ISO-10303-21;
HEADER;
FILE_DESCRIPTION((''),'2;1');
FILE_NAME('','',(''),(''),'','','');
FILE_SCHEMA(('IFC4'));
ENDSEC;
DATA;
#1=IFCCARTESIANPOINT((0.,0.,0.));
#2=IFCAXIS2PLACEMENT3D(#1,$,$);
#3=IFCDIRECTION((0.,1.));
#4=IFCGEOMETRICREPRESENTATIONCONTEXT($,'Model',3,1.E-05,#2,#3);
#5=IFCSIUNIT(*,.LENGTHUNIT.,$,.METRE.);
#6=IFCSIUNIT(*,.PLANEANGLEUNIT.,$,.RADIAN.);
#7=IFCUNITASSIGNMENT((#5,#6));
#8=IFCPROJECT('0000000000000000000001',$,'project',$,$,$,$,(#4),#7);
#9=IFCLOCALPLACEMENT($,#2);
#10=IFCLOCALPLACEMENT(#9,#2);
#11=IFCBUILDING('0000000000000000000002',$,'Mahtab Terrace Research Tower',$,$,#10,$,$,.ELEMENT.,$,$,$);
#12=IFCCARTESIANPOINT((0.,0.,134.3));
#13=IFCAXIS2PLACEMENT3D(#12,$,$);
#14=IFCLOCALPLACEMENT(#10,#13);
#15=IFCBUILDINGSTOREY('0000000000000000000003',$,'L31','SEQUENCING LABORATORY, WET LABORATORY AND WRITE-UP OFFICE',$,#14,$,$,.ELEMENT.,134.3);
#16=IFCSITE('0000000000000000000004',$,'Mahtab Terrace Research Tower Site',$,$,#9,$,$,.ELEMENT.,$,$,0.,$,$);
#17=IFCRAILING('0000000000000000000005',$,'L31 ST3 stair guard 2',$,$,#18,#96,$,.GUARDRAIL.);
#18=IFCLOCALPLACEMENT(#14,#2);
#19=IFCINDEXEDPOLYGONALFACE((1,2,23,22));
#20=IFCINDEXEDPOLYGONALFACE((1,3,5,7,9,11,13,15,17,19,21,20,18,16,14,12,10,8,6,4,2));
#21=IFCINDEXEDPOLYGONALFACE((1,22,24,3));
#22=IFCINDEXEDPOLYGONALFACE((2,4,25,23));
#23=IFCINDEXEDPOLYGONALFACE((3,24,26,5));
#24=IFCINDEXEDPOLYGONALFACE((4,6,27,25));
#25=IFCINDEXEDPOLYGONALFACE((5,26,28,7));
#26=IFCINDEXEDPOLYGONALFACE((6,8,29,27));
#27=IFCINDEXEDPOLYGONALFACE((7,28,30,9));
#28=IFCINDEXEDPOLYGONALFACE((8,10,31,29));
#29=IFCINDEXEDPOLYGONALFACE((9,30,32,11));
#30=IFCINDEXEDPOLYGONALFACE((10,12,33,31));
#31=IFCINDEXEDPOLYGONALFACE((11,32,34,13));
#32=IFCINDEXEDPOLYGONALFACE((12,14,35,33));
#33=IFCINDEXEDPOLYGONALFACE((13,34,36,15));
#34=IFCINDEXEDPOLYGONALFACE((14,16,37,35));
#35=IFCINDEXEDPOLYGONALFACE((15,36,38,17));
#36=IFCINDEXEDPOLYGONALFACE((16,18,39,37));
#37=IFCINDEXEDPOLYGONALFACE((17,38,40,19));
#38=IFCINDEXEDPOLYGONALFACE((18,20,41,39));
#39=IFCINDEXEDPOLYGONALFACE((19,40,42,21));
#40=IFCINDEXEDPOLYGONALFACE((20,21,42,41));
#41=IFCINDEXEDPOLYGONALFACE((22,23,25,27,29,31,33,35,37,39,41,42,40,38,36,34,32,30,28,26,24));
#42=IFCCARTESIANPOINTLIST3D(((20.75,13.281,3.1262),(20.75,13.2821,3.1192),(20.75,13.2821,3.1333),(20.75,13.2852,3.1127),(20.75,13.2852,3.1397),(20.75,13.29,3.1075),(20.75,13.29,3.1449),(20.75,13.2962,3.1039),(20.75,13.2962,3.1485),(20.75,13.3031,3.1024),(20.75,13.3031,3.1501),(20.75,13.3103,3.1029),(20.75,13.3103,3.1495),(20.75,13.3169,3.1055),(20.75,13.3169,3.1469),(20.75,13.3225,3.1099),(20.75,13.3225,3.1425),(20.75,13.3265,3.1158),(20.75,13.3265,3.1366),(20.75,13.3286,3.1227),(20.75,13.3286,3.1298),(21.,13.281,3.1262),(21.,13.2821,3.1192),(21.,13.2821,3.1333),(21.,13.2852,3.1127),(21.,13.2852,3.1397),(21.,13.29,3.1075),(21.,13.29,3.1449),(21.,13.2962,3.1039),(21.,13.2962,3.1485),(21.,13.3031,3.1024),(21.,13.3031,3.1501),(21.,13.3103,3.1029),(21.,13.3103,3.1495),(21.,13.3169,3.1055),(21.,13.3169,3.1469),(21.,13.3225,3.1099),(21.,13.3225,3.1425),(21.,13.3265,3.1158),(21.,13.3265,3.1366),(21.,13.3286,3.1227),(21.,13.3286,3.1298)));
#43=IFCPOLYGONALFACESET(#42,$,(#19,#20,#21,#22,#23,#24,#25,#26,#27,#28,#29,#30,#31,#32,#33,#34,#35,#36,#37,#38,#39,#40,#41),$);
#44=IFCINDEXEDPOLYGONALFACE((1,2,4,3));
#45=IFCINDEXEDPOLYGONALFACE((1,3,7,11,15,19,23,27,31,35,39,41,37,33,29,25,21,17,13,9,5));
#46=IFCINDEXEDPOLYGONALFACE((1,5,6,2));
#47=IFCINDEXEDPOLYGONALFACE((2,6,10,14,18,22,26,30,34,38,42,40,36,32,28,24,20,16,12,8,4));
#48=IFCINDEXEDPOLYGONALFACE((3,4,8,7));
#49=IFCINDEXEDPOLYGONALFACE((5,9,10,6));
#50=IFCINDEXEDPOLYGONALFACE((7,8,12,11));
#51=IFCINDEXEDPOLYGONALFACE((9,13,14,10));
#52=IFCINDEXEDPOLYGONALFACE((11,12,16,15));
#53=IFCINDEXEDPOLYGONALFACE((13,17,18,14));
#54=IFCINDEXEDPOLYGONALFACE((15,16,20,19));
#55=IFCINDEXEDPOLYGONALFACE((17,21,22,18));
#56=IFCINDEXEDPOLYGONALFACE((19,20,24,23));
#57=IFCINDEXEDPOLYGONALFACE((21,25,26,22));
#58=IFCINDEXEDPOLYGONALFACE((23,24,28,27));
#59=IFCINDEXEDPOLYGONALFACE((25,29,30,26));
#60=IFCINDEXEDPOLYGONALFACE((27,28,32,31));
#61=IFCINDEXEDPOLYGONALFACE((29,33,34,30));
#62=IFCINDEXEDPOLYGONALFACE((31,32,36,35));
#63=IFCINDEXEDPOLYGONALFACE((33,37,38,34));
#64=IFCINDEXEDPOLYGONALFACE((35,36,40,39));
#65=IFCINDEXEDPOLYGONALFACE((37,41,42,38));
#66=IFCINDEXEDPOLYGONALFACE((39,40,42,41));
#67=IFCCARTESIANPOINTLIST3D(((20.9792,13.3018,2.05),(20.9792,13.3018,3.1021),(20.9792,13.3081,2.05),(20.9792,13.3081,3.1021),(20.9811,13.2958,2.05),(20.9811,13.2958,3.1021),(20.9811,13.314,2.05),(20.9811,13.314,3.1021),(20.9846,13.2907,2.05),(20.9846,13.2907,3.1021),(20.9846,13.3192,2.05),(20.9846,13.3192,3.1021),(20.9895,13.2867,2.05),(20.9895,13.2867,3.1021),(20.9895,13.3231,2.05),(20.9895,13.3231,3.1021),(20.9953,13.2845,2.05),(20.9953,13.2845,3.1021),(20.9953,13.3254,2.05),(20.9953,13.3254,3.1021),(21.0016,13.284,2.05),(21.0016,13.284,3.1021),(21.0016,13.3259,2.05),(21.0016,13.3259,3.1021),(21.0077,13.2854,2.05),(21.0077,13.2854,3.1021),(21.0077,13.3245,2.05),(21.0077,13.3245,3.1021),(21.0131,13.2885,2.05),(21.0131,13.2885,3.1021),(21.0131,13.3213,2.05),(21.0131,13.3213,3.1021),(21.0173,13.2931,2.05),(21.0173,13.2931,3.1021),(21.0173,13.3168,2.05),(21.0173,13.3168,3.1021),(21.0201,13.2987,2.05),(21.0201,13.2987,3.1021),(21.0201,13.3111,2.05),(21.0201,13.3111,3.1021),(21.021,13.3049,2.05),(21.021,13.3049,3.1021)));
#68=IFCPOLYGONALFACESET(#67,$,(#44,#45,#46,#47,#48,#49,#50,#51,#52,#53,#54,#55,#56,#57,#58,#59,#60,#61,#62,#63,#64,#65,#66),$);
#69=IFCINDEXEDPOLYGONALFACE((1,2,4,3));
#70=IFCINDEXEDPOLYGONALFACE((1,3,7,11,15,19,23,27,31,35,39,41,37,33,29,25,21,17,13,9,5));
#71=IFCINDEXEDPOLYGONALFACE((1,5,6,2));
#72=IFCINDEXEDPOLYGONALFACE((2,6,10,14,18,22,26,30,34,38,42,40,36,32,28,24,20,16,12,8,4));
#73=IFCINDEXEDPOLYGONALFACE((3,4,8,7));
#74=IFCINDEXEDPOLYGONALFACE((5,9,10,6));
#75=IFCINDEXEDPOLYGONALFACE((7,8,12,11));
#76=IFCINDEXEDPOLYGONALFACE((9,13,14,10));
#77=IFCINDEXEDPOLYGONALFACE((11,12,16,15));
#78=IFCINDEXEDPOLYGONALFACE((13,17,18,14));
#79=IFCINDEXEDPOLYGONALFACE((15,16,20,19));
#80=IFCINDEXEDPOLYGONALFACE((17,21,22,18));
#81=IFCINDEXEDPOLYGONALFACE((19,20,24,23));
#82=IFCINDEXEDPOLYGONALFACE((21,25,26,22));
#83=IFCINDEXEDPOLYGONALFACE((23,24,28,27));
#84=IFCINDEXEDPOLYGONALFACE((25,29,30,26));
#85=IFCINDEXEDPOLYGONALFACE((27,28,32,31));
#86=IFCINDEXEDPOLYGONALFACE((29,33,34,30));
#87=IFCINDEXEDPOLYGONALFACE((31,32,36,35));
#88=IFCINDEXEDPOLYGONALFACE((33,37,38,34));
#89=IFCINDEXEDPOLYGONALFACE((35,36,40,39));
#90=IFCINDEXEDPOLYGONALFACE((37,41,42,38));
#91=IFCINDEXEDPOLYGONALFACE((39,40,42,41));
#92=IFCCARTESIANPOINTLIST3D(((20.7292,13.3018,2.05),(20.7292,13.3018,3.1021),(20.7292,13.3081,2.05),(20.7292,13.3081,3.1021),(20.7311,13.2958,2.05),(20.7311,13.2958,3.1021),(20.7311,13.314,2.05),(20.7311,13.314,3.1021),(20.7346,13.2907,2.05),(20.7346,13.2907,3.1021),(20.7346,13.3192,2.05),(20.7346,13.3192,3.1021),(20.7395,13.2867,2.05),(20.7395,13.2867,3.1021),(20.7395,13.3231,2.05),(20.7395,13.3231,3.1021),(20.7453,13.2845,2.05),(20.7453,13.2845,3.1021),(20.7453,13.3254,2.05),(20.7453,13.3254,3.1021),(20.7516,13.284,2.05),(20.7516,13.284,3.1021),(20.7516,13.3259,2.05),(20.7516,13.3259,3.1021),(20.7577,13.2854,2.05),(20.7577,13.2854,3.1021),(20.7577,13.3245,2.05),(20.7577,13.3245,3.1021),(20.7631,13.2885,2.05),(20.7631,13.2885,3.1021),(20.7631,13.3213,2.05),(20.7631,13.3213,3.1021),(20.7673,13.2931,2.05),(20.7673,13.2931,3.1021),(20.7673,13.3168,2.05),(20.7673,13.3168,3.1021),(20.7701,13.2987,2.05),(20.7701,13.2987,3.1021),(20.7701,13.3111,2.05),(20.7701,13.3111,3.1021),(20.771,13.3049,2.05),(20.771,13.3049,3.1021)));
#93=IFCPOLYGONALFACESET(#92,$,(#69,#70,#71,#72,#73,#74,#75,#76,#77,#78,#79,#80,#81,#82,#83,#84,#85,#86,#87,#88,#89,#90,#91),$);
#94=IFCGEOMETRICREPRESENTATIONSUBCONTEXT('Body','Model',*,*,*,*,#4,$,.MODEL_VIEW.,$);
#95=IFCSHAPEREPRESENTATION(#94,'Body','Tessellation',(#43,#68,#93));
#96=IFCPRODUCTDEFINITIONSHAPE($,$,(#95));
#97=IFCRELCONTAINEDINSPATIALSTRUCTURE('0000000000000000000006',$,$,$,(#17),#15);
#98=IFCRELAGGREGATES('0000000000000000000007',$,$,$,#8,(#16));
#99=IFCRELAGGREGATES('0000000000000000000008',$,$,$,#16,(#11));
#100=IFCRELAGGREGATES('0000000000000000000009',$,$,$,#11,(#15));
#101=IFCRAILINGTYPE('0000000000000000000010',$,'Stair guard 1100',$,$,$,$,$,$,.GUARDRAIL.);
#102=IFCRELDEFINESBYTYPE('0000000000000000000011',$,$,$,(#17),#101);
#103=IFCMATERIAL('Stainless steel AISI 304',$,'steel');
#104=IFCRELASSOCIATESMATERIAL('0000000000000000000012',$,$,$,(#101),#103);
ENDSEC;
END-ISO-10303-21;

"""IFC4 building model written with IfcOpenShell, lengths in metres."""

from ifc_helpers import new_model, si_unit, direction, frame, origin, origin_2d, place, context, subcontext, project, spatial, circle, extrude, material, type_object, element, save


model = new_model("IFC4")

# Units and contexts
model_context = context("Model", 3, precision=1e-05, world=origin(), true_north=direction((0.0, 1.0)))
body_context = subcontext(model_context, "Body", "Model", "MODEL_VIEW")
ifc_project = project(units=[si_unit("LENGTHUNIT", "METRE"), si_unit("PLANEANGLEUNIT", "RADIAN")], contexts=[model_context])

# Site, building, storey
site_placement = place(None, origin())
site = spatial("IfcSite", under=ifc_project, at=site_placement, Name="Mahtab Terrace Research Tower Site", CompositionType="ELEMENT", RefElevation=0.0)
building_placement = place(site_placement, origin())
building = spatial("IfcBuilding", under=site, at=building_placement, Name="Mahtab Terrace Research Tower", CompositionType="ELEMENT")
storey_placement = place(building_placement, frame((0.0, 0.0, 134.3)))
storey = spatial("IfcBuildingStorey", under=building, at=storey_placement, Name="L31", Description="SEQUENCING LABORATORY, WET LABORATORY AND WRITE-UP OFFICE", CompositionType="ELEMENT", Elevation=134.3)

# Railing
ifc_material_1 = material(Name="Stainless steel AISI 304", Category="steel")
railing_type_1 = type_object("IfcRailingType", Name="Stair guard 1100", PredefinedType="GUARDRAIL", material=ifc_material_1)
railing_1_placement = place(storey_placement, frame((21.0, 13.3049, 2.05)))
element("IfcRailing", 1, at=railing_1_placement, inside=storey, type_object=railing_type_1, Name="L31 ST3 stair guard 2", PredefinedType="GUARDRAIL", context=body_context, shape_type="SweptSolid", body=[
    extrude(circle(Radius=0.0239, at=origin_2d()), frame((0.0, 0.0, 1.0762), z_axis=(-1.0, 0.0, 0.0), x_axis=(0.0, -1.0, 0.0)), (0.0, 0.0, 1.0), 0.25),
    extrude(circle(Radius=0.021, at=origin_2d()), origin(), (0.0, 0.0, 1.0), 1.052),
    extrude(circle(Radius=0.021, at=origin_2d()), frame((-0.25, 0.0, 0.0)), (0.0, 0.0, 1.0), 1.052),
])

save(model, "model.ifc")
